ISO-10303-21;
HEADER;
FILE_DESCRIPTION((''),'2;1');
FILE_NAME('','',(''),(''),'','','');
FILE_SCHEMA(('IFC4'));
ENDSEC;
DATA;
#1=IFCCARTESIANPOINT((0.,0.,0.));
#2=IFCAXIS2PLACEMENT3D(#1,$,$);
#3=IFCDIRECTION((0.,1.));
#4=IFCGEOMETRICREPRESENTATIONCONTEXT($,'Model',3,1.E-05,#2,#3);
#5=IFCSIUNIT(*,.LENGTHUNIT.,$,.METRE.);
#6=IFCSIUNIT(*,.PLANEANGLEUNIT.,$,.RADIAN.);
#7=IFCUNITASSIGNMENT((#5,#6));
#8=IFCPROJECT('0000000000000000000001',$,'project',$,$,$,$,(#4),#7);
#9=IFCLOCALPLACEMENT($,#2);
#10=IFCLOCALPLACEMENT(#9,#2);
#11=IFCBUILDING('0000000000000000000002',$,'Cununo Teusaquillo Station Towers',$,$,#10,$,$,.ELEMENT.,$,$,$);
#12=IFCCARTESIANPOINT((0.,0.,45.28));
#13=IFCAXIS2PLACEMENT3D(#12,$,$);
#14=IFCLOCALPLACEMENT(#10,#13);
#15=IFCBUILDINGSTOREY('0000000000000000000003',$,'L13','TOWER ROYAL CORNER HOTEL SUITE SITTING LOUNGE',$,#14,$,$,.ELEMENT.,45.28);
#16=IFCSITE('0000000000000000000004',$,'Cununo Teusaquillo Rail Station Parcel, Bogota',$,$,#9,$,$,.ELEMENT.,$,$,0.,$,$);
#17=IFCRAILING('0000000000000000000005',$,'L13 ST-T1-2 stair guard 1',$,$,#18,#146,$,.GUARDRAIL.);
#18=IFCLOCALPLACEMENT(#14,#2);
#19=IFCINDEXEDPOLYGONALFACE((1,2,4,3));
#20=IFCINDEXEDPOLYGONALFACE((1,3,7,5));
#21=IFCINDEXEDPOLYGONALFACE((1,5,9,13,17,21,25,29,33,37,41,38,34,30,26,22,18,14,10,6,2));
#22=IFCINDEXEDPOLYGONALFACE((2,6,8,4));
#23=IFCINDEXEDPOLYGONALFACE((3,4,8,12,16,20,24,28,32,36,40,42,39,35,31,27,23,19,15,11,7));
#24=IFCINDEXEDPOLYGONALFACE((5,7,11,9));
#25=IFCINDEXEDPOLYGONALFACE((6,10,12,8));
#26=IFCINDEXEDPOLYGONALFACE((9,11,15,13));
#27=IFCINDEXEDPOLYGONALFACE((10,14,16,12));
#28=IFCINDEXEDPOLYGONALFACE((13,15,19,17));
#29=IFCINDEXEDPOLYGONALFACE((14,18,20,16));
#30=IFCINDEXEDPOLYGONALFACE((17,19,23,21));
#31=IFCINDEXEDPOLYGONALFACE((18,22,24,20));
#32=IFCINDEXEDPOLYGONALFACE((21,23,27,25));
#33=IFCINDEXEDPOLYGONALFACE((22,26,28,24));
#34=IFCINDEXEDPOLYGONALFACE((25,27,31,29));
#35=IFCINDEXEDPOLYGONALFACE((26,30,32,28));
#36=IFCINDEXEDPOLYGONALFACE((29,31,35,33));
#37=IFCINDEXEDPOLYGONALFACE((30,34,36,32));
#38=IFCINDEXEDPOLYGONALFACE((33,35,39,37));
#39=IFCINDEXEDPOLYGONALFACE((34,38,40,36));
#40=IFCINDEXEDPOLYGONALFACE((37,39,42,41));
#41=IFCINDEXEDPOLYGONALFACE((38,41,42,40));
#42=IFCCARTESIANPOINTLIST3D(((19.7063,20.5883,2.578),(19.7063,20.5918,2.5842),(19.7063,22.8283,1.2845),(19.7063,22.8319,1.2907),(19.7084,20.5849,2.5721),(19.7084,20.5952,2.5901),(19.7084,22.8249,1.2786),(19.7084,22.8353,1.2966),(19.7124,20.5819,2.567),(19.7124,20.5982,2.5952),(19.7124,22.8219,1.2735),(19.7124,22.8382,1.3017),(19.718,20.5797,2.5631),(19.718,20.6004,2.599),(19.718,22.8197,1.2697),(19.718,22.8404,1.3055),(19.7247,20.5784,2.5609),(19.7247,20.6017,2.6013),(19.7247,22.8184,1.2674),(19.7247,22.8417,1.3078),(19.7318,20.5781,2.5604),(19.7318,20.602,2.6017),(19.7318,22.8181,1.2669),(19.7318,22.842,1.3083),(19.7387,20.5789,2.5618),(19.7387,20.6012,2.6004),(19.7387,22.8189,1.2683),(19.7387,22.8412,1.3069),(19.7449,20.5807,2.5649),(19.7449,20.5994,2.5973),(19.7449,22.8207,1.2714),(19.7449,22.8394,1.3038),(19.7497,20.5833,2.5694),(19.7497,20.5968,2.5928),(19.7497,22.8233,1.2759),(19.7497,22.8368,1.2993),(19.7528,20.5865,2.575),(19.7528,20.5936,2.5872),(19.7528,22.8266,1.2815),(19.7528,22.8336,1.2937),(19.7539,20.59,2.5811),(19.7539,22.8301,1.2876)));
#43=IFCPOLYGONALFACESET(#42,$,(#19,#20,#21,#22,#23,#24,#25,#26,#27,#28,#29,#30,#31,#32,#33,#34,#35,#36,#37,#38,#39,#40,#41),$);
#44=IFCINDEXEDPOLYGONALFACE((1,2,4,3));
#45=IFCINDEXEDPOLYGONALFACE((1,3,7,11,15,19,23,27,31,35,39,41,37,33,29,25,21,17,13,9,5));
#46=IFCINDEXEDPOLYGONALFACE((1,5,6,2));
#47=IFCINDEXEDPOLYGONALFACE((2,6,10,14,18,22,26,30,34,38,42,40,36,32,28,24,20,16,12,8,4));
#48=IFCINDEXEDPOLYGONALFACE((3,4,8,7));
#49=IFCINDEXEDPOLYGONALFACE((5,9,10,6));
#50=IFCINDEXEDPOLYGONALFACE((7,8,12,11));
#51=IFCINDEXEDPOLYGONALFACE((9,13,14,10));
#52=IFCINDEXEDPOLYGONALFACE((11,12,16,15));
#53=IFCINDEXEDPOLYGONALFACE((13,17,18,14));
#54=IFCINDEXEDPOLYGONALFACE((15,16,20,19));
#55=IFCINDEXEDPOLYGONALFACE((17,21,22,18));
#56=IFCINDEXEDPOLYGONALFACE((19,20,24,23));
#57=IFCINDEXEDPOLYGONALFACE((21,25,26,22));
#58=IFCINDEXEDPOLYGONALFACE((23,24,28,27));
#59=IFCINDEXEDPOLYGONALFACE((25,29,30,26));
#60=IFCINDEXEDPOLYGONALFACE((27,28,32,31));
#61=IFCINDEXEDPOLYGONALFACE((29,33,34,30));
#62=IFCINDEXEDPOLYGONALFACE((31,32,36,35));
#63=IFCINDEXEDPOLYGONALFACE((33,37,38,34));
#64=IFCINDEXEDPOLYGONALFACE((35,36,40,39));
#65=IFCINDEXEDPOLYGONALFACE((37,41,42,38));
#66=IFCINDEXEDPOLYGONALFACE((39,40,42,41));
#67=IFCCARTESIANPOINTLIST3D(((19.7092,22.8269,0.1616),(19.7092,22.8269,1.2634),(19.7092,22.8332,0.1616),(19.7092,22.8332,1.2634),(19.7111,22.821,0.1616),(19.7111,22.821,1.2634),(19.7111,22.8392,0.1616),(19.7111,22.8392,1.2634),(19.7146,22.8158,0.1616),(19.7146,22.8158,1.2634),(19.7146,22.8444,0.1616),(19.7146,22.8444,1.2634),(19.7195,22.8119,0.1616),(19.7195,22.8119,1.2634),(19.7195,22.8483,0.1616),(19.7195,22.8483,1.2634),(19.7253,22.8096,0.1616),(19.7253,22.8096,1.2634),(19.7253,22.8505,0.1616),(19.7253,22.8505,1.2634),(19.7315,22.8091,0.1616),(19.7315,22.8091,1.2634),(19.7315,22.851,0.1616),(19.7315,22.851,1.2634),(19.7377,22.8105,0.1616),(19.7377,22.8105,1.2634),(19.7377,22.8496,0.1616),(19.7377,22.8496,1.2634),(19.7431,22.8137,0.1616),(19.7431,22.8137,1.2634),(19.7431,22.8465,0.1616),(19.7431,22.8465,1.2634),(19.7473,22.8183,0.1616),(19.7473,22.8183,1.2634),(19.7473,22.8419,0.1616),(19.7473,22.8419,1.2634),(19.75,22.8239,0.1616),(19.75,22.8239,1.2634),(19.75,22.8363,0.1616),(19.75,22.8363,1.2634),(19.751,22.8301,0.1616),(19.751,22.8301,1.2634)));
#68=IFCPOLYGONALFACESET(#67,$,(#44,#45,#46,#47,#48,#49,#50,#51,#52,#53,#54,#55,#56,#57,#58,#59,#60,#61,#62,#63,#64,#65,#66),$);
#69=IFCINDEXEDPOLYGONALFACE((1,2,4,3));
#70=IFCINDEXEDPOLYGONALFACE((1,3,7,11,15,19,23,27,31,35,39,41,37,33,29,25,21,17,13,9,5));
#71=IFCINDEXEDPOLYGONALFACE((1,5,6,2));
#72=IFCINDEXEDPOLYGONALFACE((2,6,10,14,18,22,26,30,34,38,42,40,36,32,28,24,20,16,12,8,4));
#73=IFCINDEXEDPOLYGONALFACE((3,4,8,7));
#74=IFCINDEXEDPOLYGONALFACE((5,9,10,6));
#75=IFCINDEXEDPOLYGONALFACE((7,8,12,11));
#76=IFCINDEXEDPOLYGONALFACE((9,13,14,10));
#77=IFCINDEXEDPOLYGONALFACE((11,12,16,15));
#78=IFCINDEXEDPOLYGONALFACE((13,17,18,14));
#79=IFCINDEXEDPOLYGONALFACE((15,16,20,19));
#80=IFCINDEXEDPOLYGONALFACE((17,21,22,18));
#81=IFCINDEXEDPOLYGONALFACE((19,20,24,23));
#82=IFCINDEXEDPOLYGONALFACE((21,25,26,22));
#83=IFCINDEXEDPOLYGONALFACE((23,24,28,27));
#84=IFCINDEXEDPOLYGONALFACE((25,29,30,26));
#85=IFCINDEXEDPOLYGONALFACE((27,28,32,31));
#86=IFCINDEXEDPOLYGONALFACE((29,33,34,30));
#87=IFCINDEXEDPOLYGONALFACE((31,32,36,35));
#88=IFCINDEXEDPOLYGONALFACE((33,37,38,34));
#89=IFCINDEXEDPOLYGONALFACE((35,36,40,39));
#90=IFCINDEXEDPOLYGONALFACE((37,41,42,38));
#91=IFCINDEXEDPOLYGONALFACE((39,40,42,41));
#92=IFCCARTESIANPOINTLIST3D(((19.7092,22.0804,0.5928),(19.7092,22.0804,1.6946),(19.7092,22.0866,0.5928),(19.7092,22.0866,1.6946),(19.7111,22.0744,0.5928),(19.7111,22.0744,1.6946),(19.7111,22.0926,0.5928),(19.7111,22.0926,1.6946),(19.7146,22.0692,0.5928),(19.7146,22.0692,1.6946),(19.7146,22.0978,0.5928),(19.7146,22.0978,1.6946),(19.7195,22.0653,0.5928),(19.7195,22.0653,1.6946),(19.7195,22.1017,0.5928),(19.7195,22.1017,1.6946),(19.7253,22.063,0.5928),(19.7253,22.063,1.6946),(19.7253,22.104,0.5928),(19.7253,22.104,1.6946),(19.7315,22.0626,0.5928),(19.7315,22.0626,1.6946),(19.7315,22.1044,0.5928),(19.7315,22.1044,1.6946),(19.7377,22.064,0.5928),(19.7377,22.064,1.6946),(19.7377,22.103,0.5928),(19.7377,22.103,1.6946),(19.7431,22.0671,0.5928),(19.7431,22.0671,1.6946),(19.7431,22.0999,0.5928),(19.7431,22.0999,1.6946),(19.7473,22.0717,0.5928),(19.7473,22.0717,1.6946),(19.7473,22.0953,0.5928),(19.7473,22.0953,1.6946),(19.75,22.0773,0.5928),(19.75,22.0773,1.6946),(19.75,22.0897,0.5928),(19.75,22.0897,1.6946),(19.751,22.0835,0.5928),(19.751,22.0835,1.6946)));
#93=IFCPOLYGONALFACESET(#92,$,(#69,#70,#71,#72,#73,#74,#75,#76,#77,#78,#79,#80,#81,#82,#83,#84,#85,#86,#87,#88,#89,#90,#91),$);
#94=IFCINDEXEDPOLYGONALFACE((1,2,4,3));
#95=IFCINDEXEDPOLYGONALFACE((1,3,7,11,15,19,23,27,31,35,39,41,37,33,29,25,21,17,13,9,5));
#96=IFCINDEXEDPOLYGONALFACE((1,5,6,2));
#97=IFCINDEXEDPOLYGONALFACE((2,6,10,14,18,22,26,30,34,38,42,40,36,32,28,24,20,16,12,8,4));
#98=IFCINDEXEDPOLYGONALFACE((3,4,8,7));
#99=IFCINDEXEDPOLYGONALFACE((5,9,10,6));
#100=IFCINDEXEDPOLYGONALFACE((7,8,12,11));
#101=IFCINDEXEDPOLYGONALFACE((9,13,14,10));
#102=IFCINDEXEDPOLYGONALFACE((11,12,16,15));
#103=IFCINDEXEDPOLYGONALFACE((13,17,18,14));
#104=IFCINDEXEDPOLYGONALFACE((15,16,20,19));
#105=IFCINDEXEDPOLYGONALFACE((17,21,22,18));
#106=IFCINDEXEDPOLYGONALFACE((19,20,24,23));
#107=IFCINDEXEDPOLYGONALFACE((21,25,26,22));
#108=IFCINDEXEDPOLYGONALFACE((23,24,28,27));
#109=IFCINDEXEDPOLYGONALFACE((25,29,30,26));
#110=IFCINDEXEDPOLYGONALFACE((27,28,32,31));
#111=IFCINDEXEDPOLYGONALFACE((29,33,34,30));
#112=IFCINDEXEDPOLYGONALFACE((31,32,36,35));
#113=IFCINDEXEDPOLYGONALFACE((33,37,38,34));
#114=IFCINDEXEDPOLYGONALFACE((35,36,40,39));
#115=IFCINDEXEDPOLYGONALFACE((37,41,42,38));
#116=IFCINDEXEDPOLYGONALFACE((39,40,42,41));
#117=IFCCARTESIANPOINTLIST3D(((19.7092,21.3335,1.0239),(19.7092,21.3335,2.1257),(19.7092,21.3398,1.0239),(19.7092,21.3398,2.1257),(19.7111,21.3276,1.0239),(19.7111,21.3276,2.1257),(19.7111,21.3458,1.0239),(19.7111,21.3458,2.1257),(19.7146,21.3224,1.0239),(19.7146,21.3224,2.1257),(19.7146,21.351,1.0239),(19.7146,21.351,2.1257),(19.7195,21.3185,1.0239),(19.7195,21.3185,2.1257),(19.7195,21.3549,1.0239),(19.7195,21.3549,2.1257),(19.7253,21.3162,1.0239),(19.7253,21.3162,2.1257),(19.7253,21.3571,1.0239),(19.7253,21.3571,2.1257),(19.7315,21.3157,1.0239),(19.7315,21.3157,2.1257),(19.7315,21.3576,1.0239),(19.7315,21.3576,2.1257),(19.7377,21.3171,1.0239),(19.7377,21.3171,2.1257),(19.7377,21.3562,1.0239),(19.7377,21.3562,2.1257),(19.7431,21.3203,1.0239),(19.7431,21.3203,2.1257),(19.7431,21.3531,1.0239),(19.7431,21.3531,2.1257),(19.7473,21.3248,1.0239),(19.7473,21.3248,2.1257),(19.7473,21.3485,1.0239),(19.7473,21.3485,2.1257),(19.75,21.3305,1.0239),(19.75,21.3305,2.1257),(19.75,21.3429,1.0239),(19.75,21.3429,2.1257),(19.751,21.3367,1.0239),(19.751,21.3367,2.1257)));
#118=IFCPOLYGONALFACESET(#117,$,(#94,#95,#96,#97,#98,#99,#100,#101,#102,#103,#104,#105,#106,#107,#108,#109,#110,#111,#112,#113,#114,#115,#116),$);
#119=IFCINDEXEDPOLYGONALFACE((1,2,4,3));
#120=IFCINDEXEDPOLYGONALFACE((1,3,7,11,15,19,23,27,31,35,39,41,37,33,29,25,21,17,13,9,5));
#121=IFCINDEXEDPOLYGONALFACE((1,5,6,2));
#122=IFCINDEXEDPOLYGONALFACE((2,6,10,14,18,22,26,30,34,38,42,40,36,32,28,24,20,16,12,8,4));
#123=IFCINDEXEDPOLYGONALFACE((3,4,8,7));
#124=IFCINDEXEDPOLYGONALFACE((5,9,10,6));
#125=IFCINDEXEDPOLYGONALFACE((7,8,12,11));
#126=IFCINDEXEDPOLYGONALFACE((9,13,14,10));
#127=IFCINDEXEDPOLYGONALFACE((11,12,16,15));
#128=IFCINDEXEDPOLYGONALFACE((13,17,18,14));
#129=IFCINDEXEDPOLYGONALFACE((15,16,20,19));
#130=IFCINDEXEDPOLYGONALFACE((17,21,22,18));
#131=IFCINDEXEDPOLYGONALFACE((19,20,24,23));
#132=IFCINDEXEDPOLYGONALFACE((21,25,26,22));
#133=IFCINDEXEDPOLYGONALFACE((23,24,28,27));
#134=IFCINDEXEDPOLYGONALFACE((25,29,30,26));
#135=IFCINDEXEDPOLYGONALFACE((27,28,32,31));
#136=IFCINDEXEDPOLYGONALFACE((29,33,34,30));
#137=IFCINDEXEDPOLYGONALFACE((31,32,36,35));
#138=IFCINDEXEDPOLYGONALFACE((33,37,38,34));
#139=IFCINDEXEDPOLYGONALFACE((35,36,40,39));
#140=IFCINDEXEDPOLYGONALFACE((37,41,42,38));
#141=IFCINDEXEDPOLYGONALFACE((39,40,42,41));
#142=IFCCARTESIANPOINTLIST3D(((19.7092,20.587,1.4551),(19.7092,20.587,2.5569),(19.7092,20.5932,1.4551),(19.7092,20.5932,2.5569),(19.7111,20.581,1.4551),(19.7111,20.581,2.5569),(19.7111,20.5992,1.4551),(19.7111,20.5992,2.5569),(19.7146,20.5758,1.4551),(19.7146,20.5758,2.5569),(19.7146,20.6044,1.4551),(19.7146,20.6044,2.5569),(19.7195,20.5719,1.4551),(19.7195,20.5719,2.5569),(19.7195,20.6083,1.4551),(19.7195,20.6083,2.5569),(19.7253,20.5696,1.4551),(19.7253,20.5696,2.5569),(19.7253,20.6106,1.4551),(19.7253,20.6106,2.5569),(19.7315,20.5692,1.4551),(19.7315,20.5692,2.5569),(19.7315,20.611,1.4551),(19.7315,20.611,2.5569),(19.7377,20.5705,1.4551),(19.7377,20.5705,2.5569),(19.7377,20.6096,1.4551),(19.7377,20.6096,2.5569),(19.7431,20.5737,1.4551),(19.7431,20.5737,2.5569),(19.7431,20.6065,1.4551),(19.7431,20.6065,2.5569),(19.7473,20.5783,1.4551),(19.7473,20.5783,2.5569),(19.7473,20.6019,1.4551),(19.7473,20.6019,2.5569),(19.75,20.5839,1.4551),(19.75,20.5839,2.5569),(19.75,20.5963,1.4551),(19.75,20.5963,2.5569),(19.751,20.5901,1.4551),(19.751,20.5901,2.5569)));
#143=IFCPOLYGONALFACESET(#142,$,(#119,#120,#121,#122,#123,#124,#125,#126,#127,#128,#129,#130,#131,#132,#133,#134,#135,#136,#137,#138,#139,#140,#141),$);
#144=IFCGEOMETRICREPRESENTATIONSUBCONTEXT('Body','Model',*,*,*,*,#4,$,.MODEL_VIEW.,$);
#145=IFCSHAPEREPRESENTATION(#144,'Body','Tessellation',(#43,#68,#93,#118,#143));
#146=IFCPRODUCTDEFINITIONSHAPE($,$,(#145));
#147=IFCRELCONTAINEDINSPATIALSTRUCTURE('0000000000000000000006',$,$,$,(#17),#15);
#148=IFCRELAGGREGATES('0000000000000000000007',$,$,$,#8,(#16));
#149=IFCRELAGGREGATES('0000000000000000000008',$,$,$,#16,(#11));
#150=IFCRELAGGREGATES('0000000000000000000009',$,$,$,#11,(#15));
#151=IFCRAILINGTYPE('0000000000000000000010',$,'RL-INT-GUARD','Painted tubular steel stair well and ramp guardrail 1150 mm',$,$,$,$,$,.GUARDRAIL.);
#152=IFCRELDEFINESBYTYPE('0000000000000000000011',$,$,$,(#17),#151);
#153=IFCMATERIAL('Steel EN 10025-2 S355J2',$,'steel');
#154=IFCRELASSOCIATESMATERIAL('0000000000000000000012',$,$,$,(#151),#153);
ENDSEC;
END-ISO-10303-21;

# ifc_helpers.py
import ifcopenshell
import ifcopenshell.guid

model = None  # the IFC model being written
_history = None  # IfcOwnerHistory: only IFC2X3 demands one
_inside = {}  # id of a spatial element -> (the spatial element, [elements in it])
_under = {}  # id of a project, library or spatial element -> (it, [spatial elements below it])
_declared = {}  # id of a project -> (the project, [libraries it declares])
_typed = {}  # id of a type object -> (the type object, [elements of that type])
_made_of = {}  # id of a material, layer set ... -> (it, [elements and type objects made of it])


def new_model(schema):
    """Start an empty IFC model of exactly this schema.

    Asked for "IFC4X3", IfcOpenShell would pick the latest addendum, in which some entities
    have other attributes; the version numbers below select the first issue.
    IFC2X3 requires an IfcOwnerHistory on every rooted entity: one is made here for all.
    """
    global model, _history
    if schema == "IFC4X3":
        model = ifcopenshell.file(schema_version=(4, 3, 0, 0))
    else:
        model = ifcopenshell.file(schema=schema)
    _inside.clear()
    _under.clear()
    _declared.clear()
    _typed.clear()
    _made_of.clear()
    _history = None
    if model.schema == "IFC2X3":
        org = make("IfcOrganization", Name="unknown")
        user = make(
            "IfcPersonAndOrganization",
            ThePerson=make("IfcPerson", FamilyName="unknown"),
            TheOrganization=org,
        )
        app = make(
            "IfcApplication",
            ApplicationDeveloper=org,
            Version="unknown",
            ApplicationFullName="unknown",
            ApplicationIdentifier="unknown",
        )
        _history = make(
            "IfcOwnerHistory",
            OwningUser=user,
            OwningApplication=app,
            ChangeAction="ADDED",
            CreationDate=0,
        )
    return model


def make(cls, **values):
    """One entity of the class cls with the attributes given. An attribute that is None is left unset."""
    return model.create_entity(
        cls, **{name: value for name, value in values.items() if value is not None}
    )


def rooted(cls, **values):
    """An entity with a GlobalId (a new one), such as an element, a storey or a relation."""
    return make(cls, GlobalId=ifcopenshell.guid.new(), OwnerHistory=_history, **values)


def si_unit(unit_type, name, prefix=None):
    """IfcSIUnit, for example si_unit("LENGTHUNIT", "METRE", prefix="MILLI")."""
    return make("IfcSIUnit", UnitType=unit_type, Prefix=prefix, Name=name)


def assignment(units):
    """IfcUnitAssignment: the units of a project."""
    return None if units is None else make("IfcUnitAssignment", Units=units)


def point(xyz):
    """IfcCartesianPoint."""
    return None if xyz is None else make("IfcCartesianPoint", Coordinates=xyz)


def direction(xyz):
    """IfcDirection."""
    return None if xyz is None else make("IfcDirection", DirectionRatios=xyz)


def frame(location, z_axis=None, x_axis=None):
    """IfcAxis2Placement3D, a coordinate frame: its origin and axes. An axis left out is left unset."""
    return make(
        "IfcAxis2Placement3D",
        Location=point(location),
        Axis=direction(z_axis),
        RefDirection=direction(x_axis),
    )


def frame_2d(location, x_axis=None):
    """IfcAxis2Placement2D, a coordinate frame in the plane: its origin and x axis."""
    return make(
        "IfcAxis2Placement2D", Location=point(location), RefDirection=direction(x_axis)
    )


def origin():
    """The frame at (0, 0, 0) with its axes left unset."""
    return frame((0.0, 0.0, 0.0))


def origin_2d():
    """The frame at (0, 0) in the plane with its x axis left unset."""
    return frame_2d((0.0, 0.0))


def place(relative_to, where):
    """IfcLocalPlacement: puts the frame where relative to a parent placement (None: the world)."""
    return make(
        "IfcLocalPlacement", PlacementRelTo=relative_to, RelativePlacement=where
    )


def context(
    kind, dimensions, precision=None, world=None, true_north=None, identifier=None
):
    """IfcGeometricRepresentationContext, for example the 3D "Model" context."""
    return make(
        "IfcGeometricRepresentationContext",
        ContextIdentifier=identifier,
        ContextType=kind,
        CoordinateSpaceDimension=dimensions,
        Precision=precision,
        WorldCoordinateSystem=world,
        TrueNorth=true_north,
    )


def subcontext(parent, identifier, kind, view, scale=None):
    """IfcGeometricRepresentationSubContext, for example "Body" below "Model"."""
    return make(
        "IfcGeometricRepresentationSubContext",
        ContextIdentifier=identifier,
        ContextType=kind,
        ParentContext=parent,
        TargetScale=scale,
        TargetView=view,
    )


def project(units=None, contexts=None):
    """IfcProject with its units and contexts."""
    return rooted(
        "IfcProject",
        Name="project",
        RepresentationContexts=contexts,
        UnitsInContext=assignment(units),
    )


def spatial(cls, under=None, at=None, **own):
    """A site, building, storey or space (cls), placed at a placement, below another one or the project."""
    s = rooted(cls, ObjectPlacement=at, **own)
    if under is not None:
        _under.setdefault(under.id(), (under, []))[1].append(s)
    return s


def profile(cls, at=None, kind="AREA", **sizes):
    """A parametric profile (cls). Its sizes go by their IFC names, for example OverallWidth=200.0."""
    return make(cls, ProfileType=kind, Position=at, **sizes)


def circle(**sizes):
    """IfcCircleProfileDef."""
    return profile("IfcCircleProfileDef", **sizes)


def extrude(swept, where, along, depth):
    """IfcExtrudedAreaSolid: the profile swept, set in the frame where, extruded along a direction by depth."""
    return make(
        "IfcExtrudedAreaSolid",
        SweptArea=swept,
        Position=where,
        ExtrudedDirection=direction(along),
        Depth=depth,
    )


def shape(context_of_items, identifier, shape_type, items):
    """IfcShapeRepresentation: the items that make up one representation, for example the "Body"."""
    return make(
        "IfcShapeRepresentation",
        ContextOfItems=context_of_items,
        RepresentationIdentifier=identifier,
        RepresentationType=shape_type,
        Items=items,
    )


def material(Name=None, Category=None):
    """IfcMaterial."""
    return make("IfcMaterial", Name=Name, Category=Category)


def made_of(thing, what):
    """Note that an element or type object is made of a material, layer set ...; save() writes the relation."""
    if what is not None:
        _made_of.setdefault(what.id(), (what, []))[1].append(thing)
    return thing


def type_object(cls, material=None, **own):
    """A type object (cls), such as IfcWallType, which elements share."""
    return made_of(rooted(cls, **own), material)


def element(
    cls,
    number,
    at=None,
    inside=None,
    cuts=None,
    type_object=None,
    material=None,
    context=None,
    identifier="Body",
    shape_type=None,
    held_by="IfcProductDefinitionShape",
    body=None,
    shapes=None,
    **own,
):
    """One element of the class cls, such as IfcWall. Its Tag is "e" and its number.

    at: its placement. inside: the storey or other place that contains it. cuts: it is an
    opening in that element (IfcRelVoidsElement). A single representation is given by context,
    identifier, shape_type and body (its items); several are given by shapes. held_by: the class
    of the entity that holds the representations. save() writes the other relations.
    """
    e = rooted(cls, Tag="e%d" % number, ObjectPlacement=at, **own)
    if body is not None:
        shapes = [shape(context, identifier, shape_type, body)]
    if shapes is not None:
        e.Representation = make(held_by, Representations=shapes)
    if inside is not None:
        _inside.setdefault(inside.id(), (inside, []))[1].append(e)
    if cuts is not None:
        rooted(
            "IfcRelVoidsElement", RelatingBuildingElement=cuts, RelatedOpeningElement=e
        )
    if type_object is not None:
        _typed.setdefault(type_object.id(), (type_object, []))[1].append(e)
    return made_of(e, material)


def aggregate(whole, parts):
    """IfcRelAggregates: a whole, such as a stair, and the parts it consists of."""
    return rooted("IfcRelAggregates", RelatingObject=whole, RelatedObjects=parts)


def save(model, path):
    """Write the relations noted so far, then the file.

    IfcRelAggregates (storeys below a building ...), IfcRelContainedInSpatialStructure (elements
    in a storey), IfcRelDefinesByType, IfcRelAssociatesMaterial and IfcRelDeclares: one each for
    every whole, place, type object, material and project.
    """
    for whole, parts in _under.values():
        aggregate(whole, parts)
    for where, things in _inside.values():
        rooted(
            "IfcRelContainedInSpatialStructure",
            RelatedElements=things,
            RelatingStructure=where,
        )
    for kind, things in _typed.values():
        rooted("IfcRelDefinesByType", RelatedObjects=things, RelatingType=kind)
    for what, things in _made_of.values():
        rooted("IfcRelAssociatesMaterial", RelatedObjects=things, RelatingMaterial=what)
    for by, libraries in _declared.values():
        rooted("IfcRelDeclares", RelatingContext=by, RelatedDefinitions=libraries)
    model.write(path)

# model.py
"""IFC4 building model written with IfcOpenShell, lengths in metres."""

from ifc_helpers import new_model, si_unit, direction, frame, origin, origin_2d, place, context, subcontext, project, spatial, circle, extrude, material, type_object, element, save


model = new_model("IFC4")

# Units and contexts
model_context = context("Model", 3, precision=1e-05, world=origin(), true_north=direction((0.0, 1.0)))
body_context = subcontext(model_context, "Body", "Model", "MODEL_VIEW")
ifc_project = project(units=[si_unit("LENGTHUNIT", "METRE"), si_unit("PLANEANGLEUNIT", "RADIAN")], contexts=[model_context])

# Site, building, storey
site_placement = place(None, origin())
site = spatial("IfcSite", under=ifc_project, at=site_placement, Name="Cununo Teusaquillo Rail Station Parcel, Bogota", CompositionType="ELEMENT", RefElevation=0.0)
building_placement = place(site_placement, origin())
building = spatial("IfcBuilding", under=site, at=building_placement, Name="Cununo Teusaquillo Station Towers", CompositionType="ELEMENT")
storey_placement = place(building_placement, frame((0.0, 0.0, 45.28)))
storey = spatial("IfcBuildingStorey", under=building, at=storey_placement, Name="L13", Description="TOWER ROYAL CORNER HOTEL SUITE SITTING LOUNGE", CompositionType="ELEMENT", Elevation=45.28)

# Railing
ifc_material_1 = material(Name="Steel EN 10025-2 S355J2", Category="steel")
railing_type_1 = type_object("IfcRailingType", Name="RL-INT-GUARD", Description="Painted tubular steel stair well and ramp guardrail 1150 mm", PredefinedType="GUARDRAIL", material=ifc_material_1)
railing_1_placement = place(storey_placement, frame((19.73, 22.8301, 0.1616)))
element("IfcRailing", 1, at=railing_1_placement, inside=storey, type_object=railing_type_1, Name="L13 ST-T1-2 stair guard 1", PredefinedType="GUARDRAIL", context=body_context, shape_type="SweptSolid", body=[
    extrude(circle(Radius=0.0239, at=origin_2d()), frame((0.0, 0.0, 1.126), z_axis=(0.0, -0.865992, 0.500057), x_axis=(1.0, 0.0, 0.0)), (0.0, 0.0, 1.0), 2.5867),
    extrude(circle(Radius=0.021, at=origin_2d()), origin(), (0.0, 0.0, 1.0), 1.1018),
    extrude(circle(Radius=0.021, at=origin_2d()), frame((0.0, -0.7466, 0.4312)), (0.0, 0.0, 1.0), 1.1018),
    extrude(circle(Radius=0.021, at=origin_2d()), frame((0.0, -1.4934, 0.8623)), (0.0, 0.0, 1.0), 1.1018),
    extrude(circle(Radius=0.021, at=origin_2d()), frame((0.0, -2.24, 1.2935)), (0.0, 0.0, 1.0), 1.1018),
])

save(model, "model.ifc")
